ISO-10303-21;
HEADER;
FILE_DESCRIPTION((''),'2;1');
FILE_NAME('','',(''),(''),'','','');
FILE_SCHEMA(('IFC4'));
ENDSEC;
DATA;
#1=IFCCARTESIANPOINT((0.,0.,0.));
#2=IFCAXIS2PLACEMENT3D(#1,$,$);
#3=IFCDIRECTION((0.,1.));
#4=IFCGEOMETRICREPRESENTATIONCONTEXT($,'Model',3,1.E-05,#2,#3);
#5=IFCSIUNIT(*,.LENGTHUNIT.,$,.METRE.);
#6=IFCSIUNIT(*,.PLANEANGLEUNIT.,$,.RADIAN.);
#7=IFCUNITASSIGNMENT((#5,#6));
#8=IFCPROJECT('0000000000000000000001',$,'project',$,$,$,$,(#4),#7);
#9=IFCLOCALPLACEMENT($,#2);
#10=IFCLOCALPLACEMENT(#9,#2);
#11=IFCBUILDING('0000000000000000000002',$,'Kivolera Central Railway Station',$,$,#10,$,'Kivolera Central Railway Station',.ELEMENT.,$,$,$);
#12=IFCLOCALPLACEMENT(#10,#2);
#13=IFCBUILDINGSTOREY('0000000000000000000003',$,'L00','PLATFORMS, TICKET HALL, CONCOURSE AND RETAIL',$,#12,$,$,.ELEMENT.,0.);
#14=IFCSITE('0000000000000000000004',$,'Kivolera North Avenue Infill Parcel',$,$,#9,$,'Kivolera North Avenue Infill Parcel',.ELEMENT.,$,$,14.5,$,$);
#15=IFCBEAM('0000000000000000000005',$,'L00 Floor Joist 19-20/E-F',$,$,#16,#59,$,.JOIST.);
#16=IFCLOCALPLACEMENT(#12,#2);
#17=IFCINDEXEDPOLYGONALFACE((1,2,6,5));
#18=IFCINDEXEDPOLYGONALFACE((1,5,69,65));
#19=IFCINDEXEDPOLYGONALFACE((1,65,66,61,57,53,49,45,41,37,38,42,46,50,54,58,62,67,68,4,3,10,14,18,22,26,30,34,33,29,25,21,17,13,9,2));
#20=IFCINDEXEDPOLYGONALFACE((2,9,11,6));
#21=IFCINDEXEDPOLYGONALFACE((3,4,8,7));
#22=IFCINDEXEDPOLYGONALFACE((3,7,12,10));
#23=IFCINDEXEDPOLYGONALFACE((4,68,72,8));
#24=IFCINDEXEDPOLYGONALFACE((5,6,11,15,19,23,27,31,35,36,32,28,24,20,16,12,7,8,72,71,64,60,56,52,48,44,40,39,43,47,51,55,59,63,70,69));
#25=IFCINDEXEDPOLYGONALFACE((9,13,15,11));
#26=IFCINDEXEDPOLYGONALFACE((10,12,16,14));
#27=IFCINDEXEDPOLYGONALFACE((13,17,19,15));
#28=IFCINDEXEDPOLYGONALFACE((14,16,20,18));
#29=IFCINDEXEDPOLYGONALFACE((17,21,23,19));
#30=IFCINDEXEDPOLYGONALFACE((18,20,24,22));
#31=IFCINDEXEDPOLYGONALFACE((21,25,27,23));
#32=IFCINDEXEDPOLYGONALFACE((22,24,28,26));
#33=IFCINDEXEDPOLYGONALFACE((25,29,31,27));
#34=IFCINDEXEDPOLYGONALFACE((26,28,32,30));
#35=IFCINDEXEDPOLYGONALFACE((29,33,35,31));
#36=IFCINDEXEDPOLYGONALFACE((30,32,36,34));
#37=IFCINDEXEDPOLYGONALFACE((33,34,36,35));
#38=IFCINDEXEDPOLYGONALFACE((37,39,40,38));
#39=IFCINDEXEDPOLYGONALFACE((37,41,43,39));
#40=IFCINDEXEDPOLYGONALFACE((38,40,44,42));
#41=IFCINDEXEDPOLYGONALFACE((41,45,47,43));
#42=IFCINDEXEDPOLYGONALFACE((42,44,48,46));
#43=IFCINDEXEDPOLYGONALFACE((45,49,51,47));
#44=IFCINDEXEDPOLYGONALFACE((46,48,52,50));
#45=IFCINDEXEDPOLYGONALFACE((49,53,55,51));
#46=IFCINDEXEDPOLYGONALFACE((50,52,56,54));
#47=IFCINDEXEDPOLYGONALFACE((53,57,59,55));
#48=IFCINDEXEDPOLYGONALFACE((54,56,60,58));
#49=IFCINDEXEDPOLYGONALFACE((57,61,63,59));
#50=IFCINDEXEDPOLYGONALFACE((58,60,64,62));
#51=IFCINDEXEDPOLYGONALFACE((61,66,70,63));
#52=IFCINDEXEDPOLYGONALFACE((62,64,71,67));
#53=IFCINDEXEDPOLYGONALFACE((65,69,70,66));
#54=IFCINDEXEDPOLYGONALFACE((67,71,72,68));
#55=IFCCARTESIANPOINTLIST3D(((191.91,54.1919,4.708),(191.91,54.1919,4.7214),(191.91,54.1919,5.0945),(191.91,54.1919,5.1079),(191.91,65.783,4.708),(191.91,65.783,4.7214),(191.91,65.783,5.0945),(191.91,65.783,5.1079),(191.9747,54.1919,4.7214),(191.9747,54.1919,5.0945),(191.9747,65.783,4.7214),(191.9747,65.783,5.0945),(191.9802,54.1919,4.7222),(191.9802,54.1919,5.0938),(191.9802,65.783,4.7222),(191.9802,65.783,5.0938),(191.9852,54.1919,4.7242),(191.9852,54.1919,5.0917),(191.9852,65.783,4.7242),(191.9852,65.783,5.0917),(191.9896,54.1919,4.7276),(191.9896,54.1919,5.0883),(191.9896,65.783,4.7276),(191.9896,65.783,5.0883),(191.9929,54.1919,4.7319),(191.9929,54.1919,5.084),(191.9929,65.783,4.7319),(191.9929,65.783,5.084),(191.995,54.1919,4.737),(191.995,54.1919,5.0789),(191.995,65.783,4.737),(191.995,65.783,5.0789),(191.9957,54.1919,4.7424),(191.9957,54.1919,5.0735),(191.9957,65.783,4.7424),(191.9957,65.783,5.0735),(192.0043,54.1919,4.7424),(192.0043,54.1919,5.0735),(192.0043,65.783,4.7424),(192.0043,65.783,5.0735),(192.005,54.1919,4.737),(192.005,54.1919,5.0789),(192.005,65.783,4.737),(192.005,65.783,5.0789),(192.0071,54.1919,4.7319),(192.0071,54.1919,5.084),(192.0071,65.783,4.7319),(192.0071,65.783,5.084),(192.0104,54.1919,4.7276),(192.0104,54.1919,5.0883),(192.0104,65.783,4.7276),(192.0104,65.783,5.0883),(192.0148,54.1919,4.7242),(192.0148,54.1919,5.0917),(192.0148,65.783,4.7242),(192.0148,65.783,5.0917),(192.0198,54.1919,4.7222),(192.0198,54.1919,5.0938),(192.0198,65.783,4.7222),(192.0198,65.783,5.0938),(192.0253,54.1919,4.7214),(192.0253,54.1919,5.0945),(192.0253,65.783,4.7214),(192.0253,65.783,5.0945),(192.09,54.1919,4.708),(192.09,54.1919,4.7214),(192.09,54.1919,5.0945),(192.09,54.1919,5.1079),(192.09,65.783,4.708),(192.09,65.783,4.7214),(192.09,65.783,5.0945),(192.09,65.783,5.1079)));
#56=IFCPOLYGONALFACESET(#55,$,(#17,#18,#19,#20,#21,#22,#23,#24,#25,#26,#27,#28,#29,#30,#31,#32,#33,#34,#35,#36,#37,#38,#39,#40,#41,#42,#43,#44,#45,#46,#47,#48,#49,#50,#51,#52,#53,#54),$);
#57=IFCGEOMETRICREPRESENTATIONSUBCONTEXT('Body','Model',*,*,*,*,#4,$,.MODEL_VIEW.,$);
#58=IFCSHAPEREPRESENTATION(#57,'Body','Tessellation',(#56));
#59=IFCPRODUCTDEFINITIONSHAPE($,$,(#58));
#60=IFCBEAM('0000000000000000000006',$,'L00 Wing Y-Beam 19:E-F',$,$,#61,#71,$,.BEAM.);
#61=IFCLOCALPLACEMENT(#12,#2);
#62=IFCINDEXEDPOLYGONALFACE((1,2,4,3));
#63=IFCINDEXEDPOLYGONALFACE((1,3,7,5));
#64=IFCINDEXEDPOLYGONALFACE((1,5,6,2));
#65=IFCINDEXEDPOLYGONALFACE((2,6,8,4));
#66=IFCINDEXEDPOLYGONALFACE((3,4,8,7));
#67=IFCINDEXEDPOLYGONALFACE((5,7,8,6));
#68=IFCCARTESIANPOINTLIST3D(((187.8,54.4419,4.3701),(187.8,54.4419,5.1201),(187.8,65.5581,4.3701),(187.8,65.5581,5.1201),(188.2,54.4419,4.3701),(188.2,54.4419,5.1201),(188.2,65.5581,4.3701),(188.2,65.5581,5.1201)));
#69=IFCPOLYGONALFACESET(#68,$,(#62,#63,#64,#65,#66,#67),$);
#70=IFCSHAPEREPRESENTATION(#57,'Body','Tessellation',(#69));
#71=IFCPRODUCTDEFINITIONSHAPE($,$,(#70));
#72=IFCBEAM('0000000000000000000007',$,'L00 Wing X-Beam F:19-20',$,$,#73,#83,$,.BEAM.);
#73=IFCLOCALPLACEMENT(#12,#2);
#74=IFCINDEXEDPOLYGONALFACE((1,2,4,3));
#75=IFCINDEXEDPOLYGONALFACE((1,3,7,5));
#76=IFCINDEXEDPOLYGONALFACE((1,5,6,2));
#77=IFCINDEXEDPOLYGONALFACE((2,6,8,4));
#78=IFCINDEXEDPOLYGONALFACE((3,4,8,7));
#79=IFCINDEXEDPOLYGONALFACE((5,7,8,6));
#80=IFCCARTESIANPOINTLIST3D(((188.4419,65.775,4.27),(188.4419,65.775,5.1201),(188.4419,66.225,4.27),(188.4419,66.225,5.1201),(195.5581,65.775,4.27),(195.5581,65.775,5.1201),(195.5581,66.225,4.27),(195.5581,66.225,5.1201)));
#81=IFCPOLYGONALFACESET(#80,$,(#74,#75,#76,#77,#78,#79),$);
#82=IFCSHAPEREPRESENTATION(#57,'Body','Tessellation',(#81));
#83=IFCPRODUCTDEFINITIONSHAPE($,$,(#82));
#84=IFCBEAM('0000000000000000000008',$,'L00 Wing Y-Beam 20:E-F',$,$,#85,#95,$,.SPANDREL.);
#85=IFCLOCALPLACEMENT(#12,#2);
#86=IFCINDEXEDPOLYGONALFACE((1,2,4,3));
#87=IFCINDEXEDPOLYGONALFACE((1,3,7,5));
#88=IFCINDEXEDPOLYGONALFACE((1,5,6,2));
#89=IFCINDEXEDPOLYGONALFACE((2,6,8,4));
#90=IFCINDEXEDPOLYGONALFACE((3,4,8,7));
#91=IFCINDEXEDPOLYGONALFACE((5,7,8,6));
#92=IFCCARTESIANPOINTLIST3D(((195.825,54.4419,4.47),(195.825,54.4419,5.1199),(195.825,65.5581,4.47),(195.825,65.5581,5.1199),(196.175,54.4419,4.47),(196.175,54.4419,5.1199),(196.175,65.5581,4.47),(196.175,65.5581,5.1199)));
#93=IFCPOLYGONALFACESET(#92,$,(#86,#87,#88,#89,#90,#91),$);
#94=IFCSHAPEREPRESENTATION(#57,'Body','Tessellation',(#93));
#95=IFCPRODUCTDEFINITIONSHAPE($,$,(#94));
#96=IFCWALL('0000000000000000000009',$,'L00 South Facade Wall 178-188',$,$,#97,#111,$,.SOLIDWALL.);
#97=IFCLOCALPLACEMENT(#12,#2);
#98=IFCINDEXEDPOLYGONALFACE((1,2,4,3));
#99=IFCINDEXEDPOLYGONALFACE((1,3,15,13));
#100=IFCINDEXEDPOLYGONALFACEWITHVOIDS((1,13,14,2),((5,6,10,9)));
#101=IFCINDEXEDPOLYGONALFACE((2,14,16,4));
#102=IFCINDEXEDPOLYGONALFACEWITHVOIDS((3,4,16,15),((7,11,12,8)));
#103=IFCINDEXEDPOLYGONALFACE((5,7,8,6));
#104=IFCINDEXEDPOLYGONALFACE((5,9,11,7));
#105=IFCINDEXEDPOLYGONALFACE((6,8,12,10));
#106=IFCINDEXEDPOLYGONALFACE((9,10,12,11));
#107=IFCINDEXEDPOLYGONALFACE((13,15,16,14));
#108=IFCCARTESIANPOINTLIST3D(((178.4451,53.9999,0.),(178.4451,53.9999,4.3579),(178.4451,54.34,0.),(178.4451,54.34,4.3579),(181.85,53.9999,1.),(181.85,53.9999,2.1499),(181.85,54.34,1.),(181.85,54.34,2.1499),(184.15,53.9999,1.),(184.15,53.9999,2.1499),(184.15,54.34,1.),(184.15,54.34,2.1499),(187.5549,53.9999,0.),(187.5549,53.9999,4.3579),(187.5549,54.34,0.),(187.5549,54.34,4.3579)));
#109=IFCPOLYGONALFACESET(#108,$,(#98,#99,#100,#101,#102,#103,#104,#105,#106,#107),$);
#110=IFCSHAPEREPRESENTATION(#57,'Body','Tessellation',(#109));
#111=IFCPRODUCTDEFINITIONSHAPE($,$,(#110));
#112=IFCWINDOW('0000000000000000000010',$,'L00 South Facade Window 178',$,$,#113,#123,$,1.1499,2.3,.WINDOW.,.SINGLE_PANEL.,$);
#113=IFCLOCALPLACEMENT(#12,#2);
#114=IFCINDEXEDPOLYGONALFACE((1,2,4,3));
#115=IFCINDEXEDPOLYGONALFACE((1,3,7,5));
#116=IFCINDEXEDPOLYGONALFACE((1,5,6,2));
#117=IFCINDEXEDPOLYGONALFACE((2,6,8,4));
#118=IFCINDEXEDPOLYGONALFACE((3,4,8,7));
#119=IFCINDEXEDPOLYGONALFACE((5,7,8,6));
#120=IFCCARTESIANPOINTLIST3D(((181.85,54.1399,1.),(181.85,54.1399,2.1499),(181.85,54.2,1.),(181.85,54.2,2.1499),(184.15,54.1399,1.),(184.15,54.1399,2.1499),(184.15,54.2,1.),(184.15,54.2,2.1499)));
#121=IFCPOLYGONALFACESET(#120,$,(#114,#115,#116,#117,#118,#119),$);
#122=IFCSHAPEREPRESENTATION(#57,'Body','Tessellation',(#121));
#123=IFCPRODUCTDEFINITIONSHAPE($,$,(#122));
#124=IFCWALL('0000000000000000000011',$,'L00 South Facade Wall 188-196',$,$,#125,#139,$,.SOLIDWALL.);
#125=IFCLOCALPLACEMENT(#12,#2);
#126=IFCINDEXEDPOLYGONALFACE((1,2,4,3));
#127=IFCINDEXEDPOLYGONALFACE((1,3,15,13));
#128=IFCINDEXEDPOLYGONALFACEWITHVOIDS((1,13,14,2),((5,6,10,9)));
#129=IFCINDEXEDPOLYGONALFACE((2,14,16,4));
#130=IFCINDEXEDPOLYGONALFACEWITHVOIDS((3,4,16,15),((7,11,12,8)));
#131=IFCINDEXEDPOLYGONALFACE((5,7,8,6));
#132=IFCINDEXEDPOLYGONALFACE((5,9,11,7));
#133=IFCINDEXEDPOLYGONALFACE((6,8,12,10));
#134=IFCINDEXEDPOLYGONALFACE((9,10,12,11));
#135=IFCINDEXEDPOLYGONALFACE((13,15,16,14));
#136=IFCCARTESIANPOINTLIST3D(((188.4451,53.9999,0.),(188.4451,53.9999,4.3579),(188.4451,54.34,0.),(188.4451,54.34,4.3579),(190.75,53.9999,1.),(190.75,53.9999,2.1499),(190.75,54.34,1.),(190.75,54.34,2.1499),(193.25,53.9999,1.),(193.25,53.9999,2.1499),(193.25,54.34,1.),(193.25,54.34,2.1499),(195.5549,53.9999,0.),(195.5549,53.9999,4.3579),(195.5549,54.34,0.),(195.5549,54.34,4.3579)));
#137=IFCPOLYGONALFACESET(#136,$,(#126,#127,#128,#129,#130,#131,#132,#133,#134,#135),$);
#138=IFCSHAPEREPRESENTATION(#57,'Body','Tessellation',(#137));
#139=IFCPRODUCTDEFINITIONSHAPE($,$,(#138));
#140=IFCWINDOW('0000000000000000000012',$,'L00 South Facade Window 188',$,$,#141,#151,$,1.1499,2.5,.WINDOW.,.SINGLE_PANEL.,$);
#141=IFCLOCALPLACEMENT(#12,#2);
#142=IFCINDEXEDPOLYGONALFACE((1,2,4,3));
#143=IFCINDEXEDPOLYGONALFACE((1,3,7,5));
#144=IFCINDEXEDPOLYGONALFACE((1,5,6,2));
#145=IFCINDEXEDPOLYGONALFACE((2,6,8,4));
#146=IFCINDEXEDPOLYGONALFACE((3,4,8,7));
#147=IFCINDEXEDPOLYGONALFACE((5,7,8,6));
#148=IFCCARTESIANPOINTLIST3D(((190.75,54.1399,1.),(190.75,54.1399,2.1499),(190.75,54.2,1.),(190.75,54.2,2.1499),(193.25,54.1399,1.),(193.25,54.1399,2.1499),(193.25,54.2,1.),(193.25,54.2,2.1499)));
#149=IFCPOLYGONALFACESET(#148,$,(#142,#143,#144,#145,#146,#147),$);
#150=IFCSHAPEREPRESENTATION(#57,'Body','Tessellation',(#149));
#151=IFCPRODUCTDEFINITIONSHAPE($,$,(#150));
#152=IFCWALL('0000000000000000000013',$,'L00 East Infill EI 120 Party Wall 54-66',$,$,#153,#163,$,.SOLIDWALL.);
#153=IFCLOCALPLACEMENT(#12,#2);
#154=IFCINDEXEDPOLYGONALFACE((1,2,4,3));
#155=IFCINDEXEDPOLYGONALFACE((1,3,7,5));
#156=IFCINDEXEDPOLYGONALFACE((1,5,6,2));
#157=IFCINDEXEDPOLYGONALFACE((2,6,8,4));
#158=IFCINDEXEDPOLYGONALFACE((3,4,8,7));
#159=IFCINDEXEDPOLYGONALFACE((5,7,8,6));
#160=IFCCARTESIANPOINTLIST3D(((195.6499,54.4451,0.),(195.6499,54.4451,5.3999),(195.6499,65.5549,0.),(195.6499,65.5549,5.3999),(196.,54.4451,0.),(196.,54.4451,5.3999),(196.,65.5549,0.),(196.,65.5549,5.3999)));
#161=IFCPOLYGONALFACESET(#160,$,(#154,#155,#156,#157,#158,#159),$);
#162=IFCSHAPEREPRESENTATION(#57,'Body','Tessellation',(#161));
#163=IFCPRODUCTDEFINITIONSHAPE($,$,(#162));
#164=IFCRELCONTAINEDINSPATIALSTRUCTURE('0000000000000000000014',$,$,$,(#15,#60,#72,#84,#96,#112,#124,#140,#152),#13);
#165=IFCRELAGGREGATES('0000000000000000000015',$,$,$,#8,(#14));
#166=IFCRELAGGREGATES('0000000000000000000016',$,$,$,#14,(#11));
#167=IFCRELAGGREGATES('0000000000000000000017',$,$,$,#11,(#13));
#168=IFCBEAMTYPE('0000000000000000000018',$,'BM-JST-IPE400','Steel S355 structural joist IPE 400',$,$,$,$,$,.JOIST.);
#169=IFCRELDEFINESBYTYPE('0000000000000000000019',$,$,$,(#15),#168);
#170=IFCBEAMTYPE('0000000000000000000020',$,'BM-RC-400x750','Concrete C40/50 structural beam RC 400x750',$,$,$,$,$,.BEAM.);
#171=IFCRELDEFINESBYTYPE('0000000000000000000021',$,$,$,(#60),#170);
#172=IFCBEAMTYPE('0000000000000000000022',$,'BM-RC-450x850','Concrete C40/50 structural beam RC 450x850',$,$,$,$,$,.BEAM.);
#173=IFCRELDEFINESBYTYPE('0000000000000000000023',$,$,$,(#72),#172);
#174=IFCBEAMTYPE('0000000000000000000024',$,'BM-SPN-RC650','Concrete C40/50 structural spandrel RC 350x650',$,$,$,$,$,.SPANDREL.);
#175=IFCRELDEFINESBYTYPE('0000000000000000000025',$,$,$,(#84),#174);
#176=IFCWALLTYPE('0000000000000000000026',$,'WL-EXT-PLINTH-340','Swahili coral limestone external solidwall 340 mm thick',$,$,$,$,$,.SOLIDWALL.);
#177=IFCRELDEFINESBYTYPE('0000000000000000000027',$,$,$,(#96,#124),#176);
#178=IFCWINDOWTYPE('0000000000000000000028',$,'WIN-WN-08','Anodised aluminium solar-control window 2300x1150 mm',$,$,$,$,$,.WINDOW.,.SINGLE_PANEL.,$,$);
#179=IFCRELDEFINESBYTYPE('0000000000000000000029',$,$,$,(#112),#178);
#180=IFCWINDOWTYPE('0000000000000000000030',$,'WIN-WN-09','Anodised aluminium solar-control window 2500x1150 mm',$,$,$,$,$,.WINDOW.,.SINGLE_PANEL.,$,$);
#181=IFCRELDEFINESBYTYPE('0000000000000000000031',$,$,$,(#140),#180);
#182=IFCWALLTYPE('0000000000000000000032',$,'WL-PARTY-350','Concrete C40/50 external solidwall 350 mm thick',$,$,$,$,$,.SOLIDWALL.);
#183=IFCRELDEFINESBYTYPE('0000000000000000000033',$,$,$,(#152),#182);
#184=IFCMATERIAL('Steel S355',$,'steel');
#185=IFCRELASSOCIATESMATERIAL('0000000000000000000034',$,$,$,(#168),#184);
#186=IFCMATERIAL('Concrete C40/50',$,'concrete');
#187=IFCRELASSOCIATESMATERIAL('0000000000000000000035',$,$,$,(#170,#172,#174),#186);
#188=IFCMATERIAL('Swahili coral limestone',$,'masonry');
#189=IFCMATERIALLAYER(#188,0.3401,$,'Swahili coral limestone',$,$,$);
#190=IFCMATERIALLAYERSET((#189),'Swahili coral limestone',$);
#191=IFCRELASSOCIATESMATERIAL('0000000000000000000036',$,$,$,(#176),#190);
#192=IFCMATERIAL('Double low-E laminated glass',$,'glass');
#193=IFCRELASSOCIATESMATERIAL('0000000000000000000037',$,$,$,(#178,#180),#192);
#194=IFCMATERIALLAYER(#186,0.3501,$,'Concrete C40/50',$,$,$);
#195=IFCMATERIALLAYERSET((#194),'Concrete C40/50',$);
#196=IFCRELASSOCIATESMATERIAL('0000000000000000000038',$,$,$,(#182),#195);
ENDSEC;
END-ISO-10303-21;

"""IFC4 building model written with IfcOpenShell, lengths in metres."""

from ifc_helpers import new_model, si_unit, direction, frame, frame_2d, origin, origin_2d, place, context, subcontext, project, spatial, rectangle, i_section, extrude, material, layer, layer_set, material_profile, profile_set, type_object, element, fill, save


model = new_model("IFC4")

# Units and contexts
model_context = context("Model", 3, precision=1e-05, world=origin(), true_north=direction((0.0, 1.0)))
body_context = subcontext(model_context, "Body", "Model", "MODEL_VIEW")
ifc_project = project(units=[si_unit("LENGTHUNIT", "METRE"), si_unit("PLANEANGLEUNIT", "RADIAN")], contexts=[model_context])

# Site, building, storey
site_placement = place(None, origin())
site = spatial("IfcSite", under=ifc_project, at=site_placement, Name="Kivolera North Avenue Infill Parcel", LongName="Kivolera North Avenue Infill Parcel", CompositionType="ELEMENT", RefElevation=14.5)
building_placement = place(site_placement, origin())
building = spatial("IfcBuilding", under=site, at=building_placement, Name="Kivolera Central Railway Station", LongName="Kivolera Central Railway Station", CompositionType="ELEMENT")
storey_placement = place(building_placement, origin())
storey = spatial("IfcBuildingStorey", under=building, at=storey_placement, Name="L00", Description="PLATFORMS, TICKET HALL, CONCOURSE AND RETAIL", CompositionType="ELEMENT", Elevation=0.0)

# Shared definitions
ifc_material_1 = material(Name="Concrete C40/50", Category="concrete")

# Beams
ifc_material_2 = material(Name="Steel S355", Category="steel")
ifc_material_profile_1 = material_profile(ifc_material_2, i_section(OverallWidth=0.1799, OverallDepth=0.3999, WebThickness=0.0085, FlangeThickness=0.0134, FilletRadius=0.021, at=origin_2d()), Name="IPE 400")
ifc_profile_set_1 = profile_set([ifc_material_profile_1], Name="Steel S355")
beam_type_1 = type_object("IfcBeamType", Name="BM-JST-IPE400", Description="Steel S355 structural joist IPE 400", PredefinedType="JOIST", material=ifc_profile_set_1)
for number, where, z_axis, x_axis, name in (
    (1, (192.0, 54.1919, 4.908), (0.0, 1.0, 0.0), (-1.0, 0.0, 0.0), "L00 Floor Joist 19-20/E-F"),
):
    element("IfcBeam", number, at=place(storey_placement, frame(where, z_axis=z_axis, x_axis=x_axis)), inside=storey, type_object=beam_type_1, Name=name, PredefinedType="JOIST", context=body_context, shape_type="SweptSolid", body=[
        extrude(i_section(OverallWidth=0.1799, OverallDepth=0.3999, WebThickness=0.0085, FlangeThickness=0.0134, FilletRadius=0.021, at=origin_2d()), origin(), (0.0, 0.0, 1.0), 11.5911),
    ])
ifc_material_profile_2 = material_profile(ifc_material_1, rectangle(XDim=0.3999, YDim=0.75, at=origin_2d()), Name="RC 400x750")
ifc_profile_set_2 = profile_set([ifc_material_profile_2], Name="Concrete C40/50")
beam_type_2 = type_object("IfcBeamType", Name="BM-RC-400x750", Description="Concrete C40/50 structural beam RC 400x750", PredefinedType="BEAM", material=ifc_profile_set_2)
beam_1_placement = place(storey_placement, frame((188.0, 54.4419, 4.7451), z_axis=(0.0, 1.0, 0.0), x_axis=(-1.0, 0.0, 0.0)))
element("IfcBeam", 2, at=beam_1_placement, inside=storey, type_object=beam_type_2, Name="L00 Wing Y-Beam 19:E-F", PredefinedType="BEAM", context=body_context, shape_type="SweptSolid", body=[
    extrude(rectangle(XDim=0.3999, YDim=0.75, at=origin_2d()), origin(), (0.0, 0.0, 1.0), 11.1162),
])
ifc_material_profile_3 = material_profile(ifc_material_1, rectangle(XDim=0.45, YDim=0.8501, at=origin_2d()), Name="RC 450x850")
ifc_profile_set_3 = profile_set([ifc_material_profile_3], Name="Concrete C40/50")
beam_type_3 = type_object("IfcBeamType", Name="BM-RC-450x850", Description="Concrete C40/50 structural beam RC 450x850", PredefinedType="BEAM", material=ifc_profile_set_3)
beam_2_placement = place(storey_placement, frame((188.4419, 66.0, 4.6951), z_axis=(1.0, 0.0, 0.0), x_axis=(0.0, 1.0, 0.0)))
element("IfcBeam", 3, at=beam_2_placement, inside=storey, type_object=beam_type_3, Name="L00 Wing X-Beam F:19-20", PredefinedType="BEAM", context=body_context, shape_type="SweptSolid", body=[
    extrude(rectangle(XDim=0.45, YDim=0.8501, at=origin_2d()), origin(), (0.0, 0.0, 1.0), 7.1162),
])
ifc_material_profile_4 = material_profile(ifc_material_1, rectangle(XDim=0.3501, YDim=0.6499, at=origin_2d()), Name="RC 350x650")
ifc_profile_set_4 = profile_set([ifc_material_profile_4], Name="Concrete C40/50")
beam_type_4 = type_object("IfcBeamType", Name="BM-SPN-RC650", Description="Concrete C40/50 structural spandrel RC 350x650", PredefinedType="SPANDREL", material=ifc_profile_set_4)
beam_3_placement = place(storey_placement, frame((196.0, 54.4419, 4.7949), z_axis=(0.0, 1.0, 0.0), x_axis=(-1.0, 0.0, 0.0)))
element("IfcBeam", 4, at=beam_3_placement, inside=storey, type_object=beam_type_4, Name="L00 Wing Y-Beam 20:E-F", PredefinedType="SPANDREL", context=body_context, shape_type="SweptSolid", body=[
    extrude(rectangle(XDim=0.3501, YDim=0.6499, at=origin_2d()), origin(), (0.0, 0.0, 1.0), 11.1162),
])

# Walls, openings, windows
ifc_material_3 = material(Name="Swahili coral limestone", Category="masonry")
ifc_layer_1 = layer(ifc_material_3, 0.3401, Name="Swahili coral limestone")
ifc_layer_set_1 = layer_set([ifc_layer_1], Name="Swahili coral limestone")
wall_type_1 = type_object("IfcWallType", Name="WL-EXT-PLINTH-340", Description="Swahili coral limestone external solidwall 340 mm thick", PredefinedType="SOLIDWALL", material=ifc_layer_set_1)
wall_1_placement = place(storey_placement, frame((187.5549, 54.1699, 0.0), z_axis=(0.0, 0.0, 1.0), x_axis=(-1.0, 0.0, 0.0)))
wall_1 = element("IfcWall", 5, at=wall_1_placement, inside=storey, type_object=wall_type_1, Name="L00 South Facade Wall 178-188", PredefinedType="SOLIDWALL", context=body_context, shape_type="SweptSolid", body=[
    extrude(rectangle(XDim=9.1099, YDim=0.3401, at=frame_2d((4.5549, 0.0))), origin(), (0.0, 0.0, 1.0), 4.3579),
])
opening_1_placement = place(wall_1_placement, frame((3.405, 0.0, 1.0)))
opening_1 = element("IfcOpeningElement", 6, at=opening_1_placement, cuts=wall_1, PredefinedType="OPENING", context=body_context, shape_type="SweptSolid", body=[
    extrude(rectangle(XDim=2.3, YDim=1.1499, at=frame_2d((1.1499, 0.575))), frame((0.0, 0.1799, 0.0), z_axis=(0.0, -1.0, 0.0), x_axis=(1.0, 0.0, 0.0)), (0.0, 0.0, 1.0), 0.3601),
])
ifc_material_4 = material(Name="Double low-E laminated glass", Category="glass")
window_type_1 = type_object("IfcWindowType", Name="WIN-WN-08", Description="Anodised aluminium solar-control window 2300x1150 mm", PartitioningType="SINGLE_PANEL", PredefinedType="WINDOW", material=ifc_material_4)
window_1_placement = place(opening_1_placement, origin())
window_1 = element("IfcWindow", 7, at=window_1_placement, inside=storey, type_object=window_type_1, Name="L00 South Facade Window 178", OverallHeight=1.1499, OverallWidth=2.3, PartitioningType="SINGLE_PANEL", PredefinedType="WINDOW", context=body_context, shape_type="SweptSolid", body=[
    extrude(rectangle(XDim=2.3, YDim=1.1499, at=frame_2d((1.1499, 0.575))), frame((0.0, 0.03, 0.0), z_axis=(0.0, -1.0, 0.0), x_axis=(1.0, 0.0, 0.0)), (0.0, 0.0, 1.0), 0.0601),
])
fill(opening_1, window_1)
wall_2_placement = place(storey_placement, frame((195.5549, 54.1699, 0.0), z_axis=(0.0, 0.0, 1.0), x_axis=(-1.0, 0.0, 0.0)))
wall_2 = element("IfcWall", 8, at=wall_2_placement, inside=storey, type_object=wall_type_1, Name="L00 South Facade Wall 188-196", PredefinedType="SOLIDWALL", context=body_context, shape_type="SweptSolid", body=[
    extrude(rectangle(XDim=7.1099, YDim=0.3401, at=frame_2d((3.5549, 0.0))), origin(), (0.0, 0.0, 1.0), 4.3579),
])
opening_2_placement = place(wall_2_placement, frame((2.3049, 0.0, 1.0)))
opening_2 = element("IfcOpeningElement", 9, at=opening_2_placement, cuts=wall_2, PredefinedType="OPENING", context=body_context, shape_type="SweptSolid", body=[
    extrude(rectangle(XDim=2.5, YDim=1.1499, at=frame_2d((1.25, 0.575))), frame((0.0, 0.1799, 0.0), z_axis=(0.0, -1.0, 0.0), x_axis=(1.0, 0.0, 0.0)), (0.0, 0.0, 1.0), 0.3601),
])
window_type_2 = type_object("IfcWindowType", Name="WIN-WN-09", Description="Anodised aluminium solar-control window 2500x1150 mm", PartitioningType="SINGLE_PANEL", PredefinedType="WINDOW", material=ifc_material_4)
window_2_placement = place(opening_2_placement, origin())
window_2 = element("IfcWindow", 10, at=window_2_placement, inside=storey, type_object=window_type_2, Name="L00 South Facade Window 188", OverallHeight=1.1499, OverallWidth=2.5, PartitioningType="SINGLE_PANEL", PredefinedType="WINDOW", context=body_context, shape_type="SweptSolid", body=[
    extrude(rectangle(XDim=2.5, YDim=1.1499, at=frame_2d((1.25, 0.575))), frame((0.0, 0.03, 0.0), z_axis=(0.0, -1.0, 0.0), x_axis=(1.0, 0.0, 0.0)), (0.0, 0.0, 1.0), 0.0601),
])
fill(opening_2, window_2)

# Wall
ifc_layer_2 = layer(ifc_material_1, 0.3501, Name="Concrete C40/50")
ifc_layer_set_2 = layer_set([ifc_layer_2], Name="Concrete C40/50")
wall_type_2 = type_object("IfcWallType", Name="WL-PARTY-350", Description="Concrete C40/50 external solidwall 350 mm thick", PredefinedType="SOLIDWALL", material=ifc_layer_set_2)
wall_3_placement = place(storey_placement, frame((195.825, 65.5549, 0.0), z_axis=(0.0, 0.0, 1.0), x_axis=(0.0, -1.0, 0.0)))
element("IfcWall", 11, at=wall_3_placement, inside=storey, type_object=wall_type_2, Name="L00 East Infill EI 120 Party Wall 54-66", PredefinedType="SOLIDWALL", context=body_context, shape_type="SweptSolid", body=[
    extrude(rectangle(XDim=11.1099, YDim=0.3501, at=frame_2d((5.5549, 0.0))), origin(), (0.0, 0.0, 1.0), 5.3999),
])

save(model, "model.ifc")
